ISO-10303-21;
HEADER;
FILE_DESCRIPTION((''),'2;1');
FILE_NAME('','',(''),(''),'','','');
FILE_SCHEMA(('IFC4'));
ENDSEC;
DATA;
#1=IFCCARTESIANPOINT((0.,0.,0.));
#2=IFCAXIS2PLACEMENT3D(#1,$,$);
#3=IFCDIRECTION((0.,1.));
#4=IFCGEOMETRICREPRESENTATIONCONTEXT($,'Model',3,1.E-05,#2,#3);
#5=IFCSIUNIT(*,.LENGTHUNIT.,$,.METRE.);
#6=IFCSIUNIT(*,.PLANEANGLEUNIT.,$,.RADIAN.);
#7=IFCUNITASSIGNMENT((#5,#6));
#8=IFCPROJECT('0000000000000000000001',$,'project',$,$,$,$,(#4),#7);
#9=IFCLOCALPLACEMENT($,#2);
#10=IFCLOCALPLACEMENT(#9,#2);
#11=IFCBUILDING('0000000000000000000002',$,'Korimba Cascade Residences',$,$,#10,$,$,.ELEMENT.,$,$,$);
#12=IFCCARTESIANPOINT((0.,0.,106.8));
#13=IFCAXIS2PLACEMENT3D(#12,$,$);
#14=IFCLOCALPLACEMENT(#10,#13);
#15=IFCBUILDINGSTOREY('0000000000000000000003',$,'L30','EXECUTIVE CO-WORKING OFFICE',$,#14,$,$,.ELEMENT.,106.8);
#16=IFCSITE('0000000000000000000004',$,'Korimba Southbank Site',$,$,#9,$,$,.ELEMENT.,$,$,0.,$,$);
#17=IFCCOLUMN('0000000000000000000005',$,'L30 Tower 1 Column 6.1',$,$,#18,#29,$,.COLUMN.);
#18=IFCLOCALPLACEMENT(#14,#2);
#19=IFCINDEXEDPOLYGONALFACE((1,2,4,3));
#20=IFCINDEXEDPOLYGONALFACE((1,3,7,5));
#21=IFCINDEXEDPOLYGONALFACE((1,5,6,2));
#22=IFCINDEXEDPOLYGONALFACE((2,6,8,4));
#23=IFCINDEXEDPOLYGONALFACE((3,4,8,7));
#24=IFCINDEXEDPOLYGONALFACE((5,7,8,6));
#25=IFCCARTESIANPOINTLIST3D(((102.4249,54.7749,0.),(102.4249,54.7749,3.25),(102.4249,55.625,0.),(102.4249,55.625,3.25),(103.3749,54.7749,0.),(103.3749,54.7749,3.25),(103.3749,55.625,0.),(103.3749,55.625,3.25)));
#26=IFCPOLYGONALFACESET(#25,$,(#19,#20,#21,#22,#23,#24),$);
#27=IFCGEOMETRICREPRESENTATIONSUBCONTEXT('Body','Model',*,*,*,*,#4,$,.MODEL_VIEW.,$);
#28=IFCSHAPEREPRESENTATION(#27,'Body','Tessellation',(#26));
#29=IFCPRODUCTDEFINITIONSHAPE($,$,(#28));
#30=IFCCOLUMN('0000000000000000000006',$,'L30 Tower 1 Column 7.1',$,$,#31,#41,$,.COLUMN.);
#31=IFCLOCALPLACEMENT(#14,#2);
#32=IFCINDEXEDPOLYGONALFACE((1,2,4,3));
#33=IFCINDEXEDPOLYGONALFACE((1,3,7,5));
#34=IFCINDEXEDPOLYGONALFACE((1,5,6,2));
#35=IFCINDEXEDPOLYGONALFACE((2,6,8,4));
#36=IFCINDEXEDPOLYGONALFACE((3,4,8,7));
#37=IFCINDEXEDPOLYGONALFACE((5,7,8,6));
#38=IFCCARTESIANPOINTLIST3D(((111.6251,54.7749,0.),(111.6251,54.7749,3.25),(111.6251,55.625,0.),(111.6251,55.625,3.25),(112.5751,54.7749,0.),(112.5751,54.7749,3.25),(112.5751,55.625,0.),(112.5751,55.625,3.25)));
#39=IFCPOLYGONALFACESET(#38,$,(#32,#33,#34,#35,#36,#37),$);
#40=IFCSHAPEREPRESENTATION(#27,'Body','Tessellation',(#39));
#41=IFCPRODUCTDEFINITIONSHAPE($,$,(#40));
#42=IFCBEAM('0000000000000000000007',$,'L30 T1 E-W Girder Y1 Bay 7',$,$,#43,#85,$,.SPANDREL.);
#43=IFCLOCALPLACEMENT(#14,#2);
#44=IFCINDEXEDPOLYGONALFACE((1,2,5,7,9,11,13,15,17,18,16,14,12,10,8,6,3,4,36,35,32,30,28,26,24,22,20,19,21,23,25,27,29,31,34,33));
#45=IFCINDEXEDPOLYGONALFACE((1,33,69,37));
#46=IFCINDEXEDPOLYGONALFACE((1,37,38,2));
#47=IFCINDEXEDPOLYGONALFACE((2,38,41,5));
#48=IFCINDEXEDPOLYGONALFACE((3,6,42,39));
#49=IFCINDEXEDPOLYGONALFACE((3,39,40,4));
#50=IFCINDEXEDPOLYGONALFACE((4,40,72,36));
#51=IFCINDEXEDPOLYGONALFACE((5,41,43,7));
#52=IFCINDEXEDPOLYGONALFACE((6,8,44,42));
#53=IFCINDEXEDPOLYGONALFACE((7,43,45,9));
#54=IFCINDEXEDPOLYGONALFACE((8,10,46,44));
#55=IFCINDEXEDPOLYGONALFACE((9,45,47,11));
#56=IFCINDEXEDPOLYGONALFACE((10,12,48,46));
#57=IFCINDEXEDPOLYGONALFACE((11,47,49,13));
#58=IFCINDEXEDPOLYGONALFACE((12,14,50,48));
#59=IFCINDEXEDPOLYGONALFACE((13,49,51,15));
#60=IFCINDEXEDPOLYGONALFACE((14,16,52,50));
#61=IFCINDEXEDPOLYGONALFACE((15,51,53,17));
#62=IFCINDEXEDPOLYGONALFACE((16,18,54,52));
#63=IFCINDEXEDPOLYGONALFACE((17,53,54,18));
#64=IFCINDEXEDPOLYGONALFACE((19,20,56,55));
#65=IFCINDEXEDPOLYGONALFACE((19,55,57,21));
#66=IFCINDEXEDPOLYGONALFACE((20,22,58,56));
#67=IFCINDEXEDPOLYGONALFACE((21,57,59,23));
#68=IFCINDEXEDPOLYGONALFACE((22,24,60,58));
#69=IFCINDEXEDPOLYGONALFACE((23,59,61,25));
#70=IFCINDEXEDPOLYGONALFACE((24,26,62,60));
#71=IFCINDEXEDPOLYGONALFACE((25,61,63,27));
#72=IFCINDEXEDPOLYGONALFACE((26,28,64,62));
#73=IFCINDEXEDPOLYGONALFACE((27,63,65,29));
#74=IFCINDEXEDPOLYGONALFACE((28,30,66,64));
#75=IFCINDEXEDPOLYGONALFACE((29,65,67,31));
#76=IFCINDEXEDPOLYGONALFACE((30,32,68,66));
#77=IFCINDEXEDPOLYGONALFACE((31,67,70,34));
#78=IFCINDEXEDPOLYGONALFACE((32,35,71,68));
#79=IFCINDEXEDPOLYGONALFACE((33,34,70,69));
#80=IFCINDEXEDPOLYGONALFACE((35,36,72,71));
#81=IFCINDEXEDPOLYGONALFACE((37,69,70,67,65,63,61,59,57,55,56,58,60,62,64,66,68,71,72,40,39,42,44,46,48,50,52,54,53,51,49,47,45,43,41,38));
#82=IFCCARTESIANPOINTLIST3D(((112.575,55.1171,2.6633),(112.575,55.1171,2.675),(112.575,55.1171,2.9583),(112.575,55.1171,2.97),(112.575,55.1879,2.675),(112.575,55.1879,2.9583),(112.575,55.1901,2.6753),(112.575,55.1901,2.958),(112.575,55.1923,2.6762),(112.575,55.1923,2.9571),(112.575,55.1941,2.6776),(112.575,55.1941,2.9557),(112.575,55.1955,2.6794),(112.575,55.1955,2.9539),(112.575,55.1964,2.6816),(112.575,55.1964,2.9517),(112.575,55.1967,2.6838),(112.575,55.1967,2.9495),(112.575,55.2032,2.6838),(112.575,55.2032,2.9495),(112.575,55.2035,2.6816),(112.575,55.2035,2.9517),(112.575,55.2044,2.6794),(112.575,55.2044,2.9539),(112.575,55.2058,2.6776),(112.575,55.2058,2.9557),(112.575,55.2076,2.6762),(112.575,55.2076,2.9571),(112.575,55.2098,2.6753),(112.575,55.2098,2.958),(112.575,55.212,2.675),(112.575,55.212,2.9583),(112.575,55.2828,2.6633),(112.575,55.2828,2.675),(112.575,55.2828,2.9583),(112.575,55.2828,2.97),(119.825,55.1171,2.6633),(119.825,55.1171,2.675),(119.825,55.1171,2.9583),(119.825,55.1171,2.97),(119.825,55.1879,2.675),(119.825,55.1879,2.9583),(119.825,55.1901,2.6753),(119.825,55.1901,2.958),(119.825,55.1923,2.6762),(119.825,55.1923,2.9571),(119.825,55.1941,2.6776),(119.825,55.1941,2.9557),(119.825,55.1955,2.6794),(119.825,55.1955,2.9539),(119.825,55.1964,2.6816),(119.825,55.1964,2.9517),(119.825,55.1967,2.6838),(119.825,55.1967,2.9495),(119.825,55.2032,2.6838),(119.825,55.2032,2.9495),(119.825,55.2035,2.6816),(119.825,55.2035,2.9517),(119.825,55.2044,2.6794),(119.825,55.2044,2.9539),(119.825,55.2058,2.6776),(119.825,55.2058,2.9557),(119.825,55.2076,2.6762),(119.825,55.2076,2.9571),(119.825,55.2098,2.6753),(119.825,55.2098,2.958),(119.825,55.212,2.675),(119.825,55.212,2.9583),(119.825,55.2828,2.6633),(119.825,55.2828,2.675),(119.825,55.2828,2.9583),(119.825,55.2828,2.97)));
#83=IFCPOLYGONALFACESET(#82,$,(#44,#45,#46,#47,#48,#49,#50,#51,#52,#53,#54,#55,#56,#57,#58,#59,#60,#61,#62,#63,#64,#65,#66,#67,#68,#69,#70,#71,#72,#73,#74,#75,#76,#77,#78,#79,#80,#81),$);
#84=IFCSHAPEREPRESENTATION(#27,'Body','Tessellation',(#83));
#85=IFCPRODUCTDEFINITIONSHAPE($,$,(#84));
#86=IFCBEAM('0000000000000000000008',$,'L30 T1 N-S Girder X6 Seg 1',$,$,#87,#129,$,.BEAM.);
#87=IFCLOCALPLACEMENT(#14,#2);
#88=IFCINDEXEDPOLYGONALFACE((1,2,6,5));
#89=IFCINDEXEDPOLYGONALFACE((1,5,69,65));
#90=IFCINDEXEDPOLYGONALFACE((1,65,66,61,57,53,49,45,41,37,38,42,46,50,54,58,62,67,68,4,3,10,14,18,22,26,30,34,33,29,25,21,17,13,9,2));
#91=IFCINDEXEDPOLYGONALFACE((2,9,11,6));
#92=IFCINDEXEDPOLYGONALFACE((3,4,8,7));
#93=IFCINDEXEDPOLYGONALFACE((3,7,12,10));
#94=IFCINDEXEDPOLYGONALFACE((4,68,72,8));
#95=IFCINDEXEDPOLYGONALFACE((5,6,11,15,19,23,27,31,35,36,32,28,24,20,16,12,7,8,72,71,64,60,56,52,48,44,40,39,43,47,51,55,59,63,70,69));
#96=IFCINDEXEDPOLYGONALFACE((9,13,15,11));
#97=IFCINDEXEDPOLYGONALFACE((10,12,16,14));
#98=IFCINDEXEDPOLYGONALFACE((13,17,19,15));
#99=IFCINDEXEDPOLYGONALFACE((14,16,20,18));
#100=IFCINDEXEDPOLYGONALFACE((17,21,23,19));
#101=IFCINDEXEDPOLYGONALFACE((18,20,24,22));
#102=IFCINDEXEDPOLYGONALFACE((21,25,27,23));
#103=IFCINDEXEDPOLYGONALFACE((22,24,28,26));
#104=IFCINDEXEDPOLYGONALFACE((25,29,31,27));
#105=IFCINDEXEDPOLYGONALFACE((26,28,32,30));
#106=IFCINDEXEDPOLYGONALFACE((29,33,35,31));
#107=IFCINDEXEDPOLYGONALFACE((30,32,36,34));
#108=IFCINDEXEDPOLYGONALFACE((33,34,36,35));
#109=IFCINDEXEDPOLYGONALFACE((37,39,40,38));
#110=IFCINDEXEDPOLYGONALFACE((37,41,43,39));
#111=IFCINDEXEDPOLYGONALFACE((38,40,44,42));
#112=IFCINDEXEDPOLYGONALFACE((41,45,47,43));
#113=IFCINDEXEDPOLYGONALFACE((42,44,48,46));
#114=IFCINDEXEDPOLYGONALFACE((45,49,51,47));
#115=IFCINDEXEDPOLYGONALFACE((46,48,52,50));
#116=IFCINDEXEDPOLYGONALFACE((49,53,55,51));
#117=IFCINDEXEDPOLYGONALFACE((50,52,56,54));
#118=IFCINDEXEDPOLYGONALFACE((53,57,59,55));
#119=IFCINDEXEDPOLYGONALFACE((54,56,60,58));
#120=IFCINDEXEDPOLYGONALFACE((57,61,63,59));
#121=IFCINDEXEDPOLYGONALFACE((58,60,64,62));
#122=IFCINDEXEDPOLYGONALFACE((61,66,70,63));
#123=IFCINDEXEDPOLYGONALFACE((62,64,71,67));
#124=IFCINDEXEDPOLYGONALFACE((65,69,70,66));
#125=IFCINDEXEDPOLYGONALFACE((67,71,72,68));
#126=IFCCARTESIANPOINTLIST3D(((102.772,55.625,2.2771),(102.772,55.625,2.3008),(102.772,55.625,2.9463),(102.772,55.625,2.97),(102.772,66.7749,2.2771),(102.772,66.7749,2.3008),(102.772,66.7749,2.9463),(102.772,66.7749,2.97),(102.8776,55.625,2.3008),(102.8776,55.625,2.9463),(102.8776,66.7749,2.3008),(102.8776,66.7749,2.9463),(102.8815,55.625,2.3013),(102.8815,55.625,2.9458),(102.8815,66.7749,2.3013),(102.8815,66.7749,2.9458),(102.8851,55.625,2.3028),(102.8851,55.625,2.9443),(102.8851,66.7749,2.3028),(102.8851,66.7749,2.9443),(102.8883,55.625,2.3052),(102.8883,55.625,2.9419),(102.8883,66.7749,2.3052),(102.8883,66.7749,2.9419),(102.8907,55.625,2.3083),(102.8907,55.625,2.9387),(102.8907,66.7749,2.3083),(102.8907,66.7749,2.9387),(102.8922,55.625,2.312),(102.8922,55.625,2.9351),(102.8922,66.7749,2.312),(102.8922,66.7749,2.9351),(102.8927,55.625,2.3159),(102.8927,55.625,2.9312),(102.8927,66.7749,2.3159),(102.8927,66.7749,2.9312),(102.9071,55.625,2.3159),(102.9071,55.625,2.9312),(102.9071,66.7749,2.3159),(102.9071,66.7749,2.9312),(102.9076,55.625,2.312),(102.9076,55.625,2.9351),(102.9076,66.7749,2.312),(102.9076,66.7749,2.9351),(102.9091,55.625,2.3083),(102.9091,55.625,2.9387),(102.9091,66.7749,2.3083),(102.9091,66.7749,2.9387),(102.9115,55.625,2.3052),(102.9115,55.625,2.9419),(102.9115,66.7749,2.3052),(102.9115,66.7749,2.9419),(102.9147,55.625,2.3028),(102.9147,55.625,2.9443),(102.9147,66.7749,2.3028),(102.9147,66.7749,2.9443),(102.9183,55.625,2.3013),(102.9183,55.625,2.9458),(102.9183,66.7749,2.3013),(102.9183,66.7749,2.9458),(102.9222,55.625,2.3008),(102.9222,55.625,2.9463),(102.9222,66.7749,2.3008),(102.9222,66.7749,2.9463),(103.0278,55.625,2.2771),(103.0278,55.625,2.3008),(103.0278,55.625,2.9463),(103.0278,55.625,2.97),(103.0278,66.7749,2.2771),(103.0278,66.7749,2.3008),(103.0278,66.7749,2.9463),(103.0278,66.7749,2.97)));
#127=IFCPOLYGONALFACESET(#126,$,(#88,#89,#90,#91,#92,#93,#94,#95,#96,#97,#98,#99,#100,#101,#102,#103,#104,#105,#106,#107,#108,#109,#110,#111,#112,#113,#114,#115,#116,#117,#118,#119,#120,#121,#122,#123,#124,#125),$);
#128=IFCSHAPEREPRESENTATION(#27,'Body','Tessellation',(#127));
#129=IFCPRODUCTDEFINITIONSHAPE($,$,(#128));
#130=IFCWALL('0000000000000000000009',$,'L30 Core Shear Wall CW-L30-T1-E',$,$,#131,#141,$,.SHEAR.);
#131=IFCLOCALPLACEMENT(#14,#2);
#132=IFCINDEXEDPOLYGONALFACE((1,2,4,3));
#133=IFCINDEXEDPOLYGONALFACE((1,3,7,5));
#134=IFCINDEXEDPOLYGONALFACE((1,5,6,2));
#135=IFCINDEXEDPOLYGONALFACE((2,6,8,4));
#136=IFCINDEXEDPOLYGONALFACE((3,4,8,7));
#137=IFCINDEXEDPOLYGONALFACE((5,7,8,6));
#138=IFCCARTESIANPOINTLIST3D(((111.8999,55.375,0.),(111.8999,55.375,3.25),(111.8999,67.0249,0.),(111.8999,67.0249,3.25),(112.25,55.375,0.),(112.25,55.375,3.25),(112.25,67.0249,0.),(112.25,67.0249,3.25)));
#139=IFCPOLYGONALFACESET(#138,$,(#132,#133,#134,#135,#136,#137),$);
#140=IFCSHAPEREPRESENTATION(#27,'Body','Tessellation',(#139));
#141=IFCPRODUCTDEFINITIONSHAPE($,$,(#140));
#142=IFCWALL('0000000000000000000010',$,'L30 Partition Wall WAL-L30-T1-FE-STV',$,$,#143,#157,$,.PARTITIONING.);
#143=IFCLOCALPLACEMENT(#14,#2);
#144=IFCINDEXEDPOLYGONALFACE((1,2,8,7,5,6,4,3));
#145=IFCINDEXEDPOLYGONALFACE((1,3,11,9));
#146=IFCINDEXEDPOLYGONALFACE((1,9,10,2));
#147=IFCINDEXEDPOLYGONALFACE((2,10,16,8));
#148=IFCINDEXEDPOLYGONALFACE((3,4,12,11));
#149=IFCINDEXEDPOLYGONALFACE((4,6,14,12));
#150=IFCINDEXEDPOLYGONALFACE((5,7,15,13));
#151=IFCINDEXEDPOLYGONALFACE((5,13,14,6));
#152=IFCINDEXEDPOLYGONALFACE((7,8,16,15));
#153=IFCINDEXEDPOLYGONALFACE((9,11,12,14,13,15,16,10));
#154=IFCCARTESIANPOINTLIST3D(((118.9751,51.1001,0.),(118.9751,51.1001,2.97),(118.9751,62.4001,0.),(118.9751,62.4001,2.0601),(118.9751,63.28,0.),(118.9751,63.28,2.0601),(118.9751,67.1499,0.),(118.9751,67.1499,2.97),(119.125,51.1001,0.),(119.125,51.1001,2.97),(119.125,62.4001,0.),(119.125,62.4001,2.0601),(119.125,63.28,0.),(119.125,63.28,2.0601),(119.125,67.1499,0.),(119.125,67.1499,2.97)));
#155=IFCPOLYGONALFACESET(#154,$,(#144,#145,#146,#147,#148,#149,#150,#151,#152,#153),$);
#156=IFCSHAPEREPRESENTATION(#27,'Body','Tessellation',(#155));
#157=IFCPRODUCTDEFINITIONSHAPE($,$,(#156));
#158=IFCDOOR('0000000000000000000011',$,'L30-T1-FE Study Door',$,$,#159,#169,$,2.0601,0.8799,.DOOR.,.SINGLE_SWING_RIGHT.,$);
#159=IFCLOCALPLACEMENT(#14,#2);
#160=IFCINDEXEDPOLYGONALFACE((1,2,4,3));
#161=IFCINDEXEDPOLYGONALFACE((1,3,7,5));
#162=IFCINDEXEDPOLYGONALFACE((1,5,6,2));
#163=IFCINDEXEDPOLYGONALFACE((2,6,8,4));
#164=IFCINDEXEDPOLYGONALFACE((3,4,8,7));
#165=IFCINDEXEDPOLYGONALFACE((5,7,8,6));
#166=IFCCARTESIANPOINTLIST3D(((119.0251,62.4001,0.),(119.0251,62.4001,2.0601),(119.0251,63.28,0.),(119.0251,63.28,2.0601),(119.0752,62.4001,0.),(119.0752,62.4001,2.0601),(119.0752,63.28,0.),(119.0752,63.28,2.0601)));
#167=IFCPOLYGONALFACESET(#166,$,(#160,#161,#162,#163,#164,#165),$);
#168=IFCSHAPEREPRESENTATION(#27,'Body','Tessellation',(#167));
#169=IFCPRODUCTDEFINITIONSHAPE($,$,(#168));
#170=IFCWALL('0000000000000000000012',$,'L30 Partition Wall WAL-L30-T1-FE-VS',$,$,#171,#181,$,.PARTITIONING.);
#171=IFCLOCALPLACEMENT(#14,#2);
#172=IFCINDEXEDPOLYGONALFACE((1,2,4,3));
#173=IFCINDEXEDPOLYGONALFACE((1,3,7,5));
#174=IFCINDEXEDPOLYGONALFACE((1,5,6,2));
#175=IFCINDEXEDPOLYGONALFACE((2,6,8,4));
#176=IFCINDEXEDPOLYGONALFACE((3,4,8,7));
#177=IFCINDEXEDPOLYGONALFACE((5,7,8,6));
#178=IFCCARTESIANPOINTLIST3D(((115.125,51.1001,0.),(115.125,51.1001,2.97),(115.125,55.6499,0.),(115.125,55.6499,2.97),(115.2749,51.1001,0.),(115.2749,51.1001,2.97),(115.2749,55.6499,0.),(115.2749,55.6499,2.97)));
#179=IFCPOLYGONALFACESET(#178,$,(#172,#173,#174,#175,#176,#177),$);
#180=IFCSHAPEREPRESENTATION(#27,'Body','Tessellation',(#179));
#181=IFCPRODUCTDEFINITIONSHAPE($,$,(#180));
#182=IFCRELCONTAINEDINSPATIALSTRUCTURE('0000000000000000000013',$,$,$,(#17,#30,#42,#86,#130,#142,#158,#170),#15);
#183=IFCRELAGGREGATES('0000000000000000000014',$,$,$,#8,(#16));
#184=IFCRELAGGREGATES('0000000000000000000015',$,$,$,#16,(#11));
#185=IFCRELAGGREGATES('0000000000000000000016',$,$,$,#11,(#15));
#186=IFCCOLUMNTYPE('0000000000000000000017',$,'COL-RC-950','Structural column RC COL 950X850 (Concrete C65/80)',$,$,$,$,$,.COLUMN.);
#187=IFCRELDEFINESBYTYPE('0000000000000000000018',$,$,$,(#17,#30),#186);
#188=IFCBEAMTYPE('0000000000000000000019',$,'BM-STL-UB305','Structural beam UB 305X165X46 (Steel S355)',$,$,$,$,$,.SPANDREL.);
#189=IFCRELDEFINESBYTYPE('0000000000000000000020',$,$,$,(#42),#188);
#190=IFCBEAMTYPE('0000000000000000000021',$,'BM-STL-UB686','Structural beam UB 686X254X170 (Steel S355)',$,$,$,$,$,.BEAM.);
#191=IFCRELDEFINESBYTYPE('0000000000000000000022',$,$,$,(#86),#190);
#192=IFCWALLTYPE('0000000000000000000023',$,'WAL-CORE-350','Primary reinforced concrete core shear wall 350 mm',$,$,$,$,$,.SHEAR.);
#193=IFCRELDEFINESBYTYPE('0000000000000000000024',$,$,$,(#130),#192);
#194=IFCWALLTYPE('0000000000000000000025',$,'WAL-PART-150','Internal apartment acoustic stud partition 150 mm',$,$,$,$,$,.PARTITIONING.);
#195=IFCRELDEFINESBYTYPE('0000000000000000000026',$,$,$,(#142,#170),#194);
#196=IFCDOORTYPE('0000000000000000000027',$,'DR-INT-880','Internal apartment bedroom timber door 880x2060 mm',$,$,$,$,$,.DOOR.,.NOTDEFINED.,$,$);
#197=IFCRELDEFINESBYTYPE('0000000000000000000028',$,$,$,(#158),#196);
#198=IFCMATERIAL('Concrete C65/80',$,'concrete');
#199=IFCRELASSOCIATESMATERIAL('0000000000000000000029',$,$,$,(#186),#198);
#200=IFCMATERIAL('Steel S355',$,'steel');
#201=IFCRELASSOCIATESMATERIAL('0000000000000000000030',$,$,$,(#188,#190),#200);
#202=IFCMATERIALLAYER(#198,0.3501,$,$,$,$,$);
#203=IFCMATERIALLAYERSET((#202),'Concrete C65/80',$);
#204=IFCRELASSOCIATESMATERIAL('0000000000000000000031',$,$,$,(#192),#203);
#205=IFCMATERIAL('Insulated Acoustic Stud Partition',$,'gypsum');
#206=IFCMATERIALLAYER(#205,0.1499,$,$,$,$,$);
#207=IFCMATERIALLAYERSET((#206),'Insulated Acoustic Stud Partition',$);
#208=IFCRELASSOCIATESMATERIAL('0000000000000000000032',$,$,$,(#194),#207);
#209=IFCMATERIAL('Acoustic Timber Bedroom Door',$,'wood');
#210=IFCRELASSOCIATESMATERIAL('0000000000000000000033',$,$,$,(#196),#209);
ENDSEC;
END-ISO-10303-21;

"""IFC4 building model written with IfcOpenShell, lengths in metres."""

from ifc_helpers import new_model, si_unit, direction, frame, frame_2d, origin, origin_2d, place, context, subcontext, project, spatial, rectangle, i_section, extrude, material, layer, layer_set, material_profile, profile_set, type_object, element, fill, save


model = new_model("IFC4")

# Units and contexts
model_context = context("Model", 3, precision=1e-05, world=origin(), true_north=direction((0.0, 1.0)))
body_context = subcontext(model_context, "Body", "Model", "MODEL_VIEW")
ifc_project = project(units=[si_unit("LENGTHUNIT", "METRE"), si_unit("PLANEANGLEUNIT", "RADIAN")], contexts=[model_context])

# Site, building, storey
site_placement = place(None, origin())
site = spatial("IfcSite", under=ifc_project, at=site_placement, Name="Korimba Southbank Site", CompositionType="ELEMENT", RefElevation=0.0)
building_placement = place(site_placement, origin())
building = spatial("IfcBuilding", under=site, at=building_placement, Name="Korimba Cascade Residences", CompositionType="ELEMENT")
storey_placement = place(building_placement, frame((0.0, 0.0, 106.8)))
storey = spatial("IfcBuildingStorey", under=building, at=storey_placement, Name="L30", Description="EXECUTIVE CO-WORKING OFFICE", CompositionType="ELEMENT", Elevation=106.8)

# Columns
ifc_material_1 = material(Name="Concrete C65/80", Category="concrete")
ifc_material_profile_1 = material_profile(ifc_material_1, rectangle(XDim=0.95, YDim=0.8501, at=origin_2d()), Name="Concrete C65/80")
ifc_profile_set_1 = profile_set([ifc_material_profile_1], Name="Concrete C65/80")
column_type = type_object("IfcColumnType", Name="COL-RC-950", Description="Structural column RC COL 950X850 (Concrete C65/80)", PredefinedType="COLUMN", material=ifc_profile_set_1)
for number, where, z_axis, x_axis, name in (
    (1, (102.8999, 55.2, 0.0), (0.0, 0.0, 1.0), (1.0, 0.0, 0.0), "L30 Tower 1 Column 6.1"),
    (2, (112.1001, 55.2, 0.0), (0.0, 0.0, 1.0), (1.0, 0.0, 0.0), "L30 Tower 1 Column 7.1"),
):
    element("IfcColumn", number, at=place(storey_placement, frame(where, z_axis=z_axis, x_axis=x_axis)), inside=storey, type_object=column_type, Name=name, PredefinedType="COLUMN", context=body_context, shape_type="SweptSolid", body=[
        extrude(rectangle(XDim=0.95, YDim=0.8501, at=origin_2d()), origin(), (0.0, 0.0, 1.0), 3.25),
    ])

# Beams
ifc_material_2 = material(Name="Steel S355", Category="steel")
ifc_material_profile_2 = material_profile(ifc_material_2, i_section(OverallWidth=0.1658, OverallDepth=0.3066, WebThickness=0.0066, FlangeThickness=0.0117, FilletRadius=0.0088, at=origin_2d()), Name="Steel S355")
ifc_profile_set_2 = profile_set([ifc_material_profile_2], Name="Steel S355")
beam_type_1 = type_object("IfcBeamType", Name="BM-STL-UB305", Description="Structural beam UB 305X165X46 (Steel S355)", PredefinedType="SPANDREL", material=ifc_profile_set_2)
beam_1_placement = place(storey_placement, frame((112.575, 55.2, 2.8167), z_axis=(1.0, 0.0, 0.0), x_axis=(0.0, 1.0, 0.0)))
element("IfcBeam", 3, at=beam_1_placement, inside=storey, type_object=beam_type_1, Name="L30 T1 E-W Girder Y1 Bay 7", PredefinedType="SPANDREL", context=body_context, shape_type="SweptSolid", body=[
    extrude(i_section(OverallWidth=0.1658, OverallDepth=0.3066, WebThickness=0.0066, FlangeThickness=0.0117, FilletRadius=0.0088, at=origin_2d()), origin(), (0.0, 0.0, 1.0), 7.25),
])
ifc_material_profile_3 = material_profile(ifc_material_2, i_section(OverallWidth=0.2559, OverallDepth=0.6929, WebThickness=0.0144, FlangeThickness=0.0237, FilletRadius=0.0151, at=origin_2d()), Name="Steel S355")
ifc_profile_set_3 = profile_set([ifc_material_profile_3], Name="Steel S355")
beam_type_2 = type_object("IfcBeamType", Name="BM-STL-UB686", Description="Structural beam UB 686X254X170 (Steel S355)", PredefinedType="BEAM", material=ifc_profile_set_3)
beam_2_placement = place(storey_placement, frame((102.8999, 55.625, 2.6235), z_axis=(0.0, 1.0, 0.0), x_axis=(-1.0, 0.0, 0.0)))
element("IfcBeam", 4, at=beam_2_placement, inside=storey, type_object=beam_type_2, Name="L30 T1 N-S Girder X6 Seg 1", PredefinedType="BEAM", context=body_context, shape_type="SweptSolid", body=[
    extrude(i_section(OverallWidth=0.2559, OverallDepth=0.6929, WebThickness=0.0144, FlangeThickness=0.0237, FilletRadius=0.0151, at=origin_2d()), origin(), (0.0, 0.0, 1.0), 11.1499),
])

# Wall
ifc_layer_1 = layer(ifc_material_1, 0.3501)
ifc_layer_set_1 = layer_set([ifc_layer_1], Name="Concrete C65/80")
wall_type_1 = type_object("IfcWallType", Name="WAL-CORE-350", Description="Primary reinforced concrete core shear wall 350 mm", PredefinedType="SHEAR", material=ifc_layer_set_1)
wall_1_placement = place(storey_placement, frame((112.075, 55.375, 0.0), z_axis=(0.0, 0.0, 1.0), x_axis=(0.0, 1.0, 0.0)))
element("IfcWall", 5, at=wall_1_placement, inside=storey, type_object=wall_type_1, Name="L30 Core Shear Wall CW-L30-T1-E", PredefinedType="SHEAR", context=body_context, shape_type="SweptSolid", body=[
    extrude(rectangle(XDim=11.6499, YDim=0.3501, at=frame_2d((5.825, 0.0))), origin(), (0.0, 0.0, 1.0), 3.25),
])

# Wall, opening, door
ifc_material_3 = material(Name="Insulated Acoustic Stud Partition", Category="gypsum")
ifc_layer_2 = layer(ifc_material_3, 0.1499)
ifc_layer_set_2 = layer_set([ifc_layer_2], Name="Insulated Acoustic Stud Partition")
wall_type_2 = type_object("IfcWallType", Name="WAL-PART-150", Description="Internal apartment acoustic stud partition 150 mm", PredefinedType="PARTITIONING", material=ifc_layer_set_2)
wall_2_placement = place(storey_placement, frame((119.05, 51.1001, 0.0), z_axis=(0.0, 0.0, 1.0), x_axis=(0.0, 1.0, 0.0)))
wall_2 = element("IfcWall", 6, at=wall_2_placement, inside=storey, type_object=wall_type_2, Name="L30 Partition Wall WAL-L30-T1-FE-STV", PredefinedType="PARTITIONING", context=body_context, shape_type="SweptSolid", body=[
    extrude(rectangle(XDim=16.0498, YDim=0.1499, at=frame_2d((8.0249, 0.0))), origin(), (0.0, 0.0, 1.0), 2.97),
])
opening_1_placement = place(wall_2_placement, frame((11.3, 0.0, 0.0)))
opening_1 = element("IfcOpeningElement", 7, at=opening_1_placement, cuts=wall_2, PredefinedType="OPENING", context=body_context, shape_type="SweptSolid", body=[
    extrude(rectangle(XDim=0.8799, YDim=2.0601, at=frame_2d((0.4399, 1.03))), frame((0.0, 0.085, 0.0), z_axis=(0.0, -1.0, 0.0), x_axis=(1.0, 0.0, 0.0)), (0.0, 0.0, 1.0), 0.1699),
])
ifc_material_4 = material(Name="Acoustic Timber Bedroom Door", Category="wood")
door_type_1 = type_object("IfcDoorType", Name="DR-INT-880", Description="Internal apartment bedroom timber door 880x2060 mm", OperationType="NOTDEFINED", PredefinedType="DOOR", material=ifc_material_4)
door_1_placement = place(opening_1_placement, origin())
door_1 = element("IfcDoor", 8, at=door_1_placement, inside=storey, type_object=door_type_1, Name="L30-T1-FE Study Door", OperationType="SINGLE_SWING_RIGHT", OverallHeight=2.0601, OverallWidth=0.8799, PredefinedType="DOOR", context=body_context, shape_type="SweptSolid", body=[
    extrude(rectangle(XDim=0.8799, YDim=2.0601, at=frame_2d((0.4399, 1.03))), frame((0.0, 0.0249, 0.0), z_axis=(0.0, -1.0, 0.0), x_axis=(1.0, 0.0, 0.0)), (0.0, 0.0, 1.0), 0.05),
])
fill(opening_1, door_1)

# Wall
wall_3_placement = place(storey_placement, frame((115.2, 51.1001, 0.0), z_axis=(0.0, 0.0, 1.0), x_axis=(0.0, 1.0, 0.0)))
element("IfcWall", 9, at=wall_3_placement, inside=storey, type_object=wall_type_2, Name="L30 Partition Wall WAL-L30-T1-FE-VS", PredefinedType="PARTITIONING", context=body_context, shape_type="SweptSolid", body=[
    extrude(rectangle(XDim=4.5498, YDim=0.1499, at=frame_2d((2.2749, 0.0))), origin(), (0.0, 0.0, 1.0), 2.97),
])

save(model, "model.ifc")
